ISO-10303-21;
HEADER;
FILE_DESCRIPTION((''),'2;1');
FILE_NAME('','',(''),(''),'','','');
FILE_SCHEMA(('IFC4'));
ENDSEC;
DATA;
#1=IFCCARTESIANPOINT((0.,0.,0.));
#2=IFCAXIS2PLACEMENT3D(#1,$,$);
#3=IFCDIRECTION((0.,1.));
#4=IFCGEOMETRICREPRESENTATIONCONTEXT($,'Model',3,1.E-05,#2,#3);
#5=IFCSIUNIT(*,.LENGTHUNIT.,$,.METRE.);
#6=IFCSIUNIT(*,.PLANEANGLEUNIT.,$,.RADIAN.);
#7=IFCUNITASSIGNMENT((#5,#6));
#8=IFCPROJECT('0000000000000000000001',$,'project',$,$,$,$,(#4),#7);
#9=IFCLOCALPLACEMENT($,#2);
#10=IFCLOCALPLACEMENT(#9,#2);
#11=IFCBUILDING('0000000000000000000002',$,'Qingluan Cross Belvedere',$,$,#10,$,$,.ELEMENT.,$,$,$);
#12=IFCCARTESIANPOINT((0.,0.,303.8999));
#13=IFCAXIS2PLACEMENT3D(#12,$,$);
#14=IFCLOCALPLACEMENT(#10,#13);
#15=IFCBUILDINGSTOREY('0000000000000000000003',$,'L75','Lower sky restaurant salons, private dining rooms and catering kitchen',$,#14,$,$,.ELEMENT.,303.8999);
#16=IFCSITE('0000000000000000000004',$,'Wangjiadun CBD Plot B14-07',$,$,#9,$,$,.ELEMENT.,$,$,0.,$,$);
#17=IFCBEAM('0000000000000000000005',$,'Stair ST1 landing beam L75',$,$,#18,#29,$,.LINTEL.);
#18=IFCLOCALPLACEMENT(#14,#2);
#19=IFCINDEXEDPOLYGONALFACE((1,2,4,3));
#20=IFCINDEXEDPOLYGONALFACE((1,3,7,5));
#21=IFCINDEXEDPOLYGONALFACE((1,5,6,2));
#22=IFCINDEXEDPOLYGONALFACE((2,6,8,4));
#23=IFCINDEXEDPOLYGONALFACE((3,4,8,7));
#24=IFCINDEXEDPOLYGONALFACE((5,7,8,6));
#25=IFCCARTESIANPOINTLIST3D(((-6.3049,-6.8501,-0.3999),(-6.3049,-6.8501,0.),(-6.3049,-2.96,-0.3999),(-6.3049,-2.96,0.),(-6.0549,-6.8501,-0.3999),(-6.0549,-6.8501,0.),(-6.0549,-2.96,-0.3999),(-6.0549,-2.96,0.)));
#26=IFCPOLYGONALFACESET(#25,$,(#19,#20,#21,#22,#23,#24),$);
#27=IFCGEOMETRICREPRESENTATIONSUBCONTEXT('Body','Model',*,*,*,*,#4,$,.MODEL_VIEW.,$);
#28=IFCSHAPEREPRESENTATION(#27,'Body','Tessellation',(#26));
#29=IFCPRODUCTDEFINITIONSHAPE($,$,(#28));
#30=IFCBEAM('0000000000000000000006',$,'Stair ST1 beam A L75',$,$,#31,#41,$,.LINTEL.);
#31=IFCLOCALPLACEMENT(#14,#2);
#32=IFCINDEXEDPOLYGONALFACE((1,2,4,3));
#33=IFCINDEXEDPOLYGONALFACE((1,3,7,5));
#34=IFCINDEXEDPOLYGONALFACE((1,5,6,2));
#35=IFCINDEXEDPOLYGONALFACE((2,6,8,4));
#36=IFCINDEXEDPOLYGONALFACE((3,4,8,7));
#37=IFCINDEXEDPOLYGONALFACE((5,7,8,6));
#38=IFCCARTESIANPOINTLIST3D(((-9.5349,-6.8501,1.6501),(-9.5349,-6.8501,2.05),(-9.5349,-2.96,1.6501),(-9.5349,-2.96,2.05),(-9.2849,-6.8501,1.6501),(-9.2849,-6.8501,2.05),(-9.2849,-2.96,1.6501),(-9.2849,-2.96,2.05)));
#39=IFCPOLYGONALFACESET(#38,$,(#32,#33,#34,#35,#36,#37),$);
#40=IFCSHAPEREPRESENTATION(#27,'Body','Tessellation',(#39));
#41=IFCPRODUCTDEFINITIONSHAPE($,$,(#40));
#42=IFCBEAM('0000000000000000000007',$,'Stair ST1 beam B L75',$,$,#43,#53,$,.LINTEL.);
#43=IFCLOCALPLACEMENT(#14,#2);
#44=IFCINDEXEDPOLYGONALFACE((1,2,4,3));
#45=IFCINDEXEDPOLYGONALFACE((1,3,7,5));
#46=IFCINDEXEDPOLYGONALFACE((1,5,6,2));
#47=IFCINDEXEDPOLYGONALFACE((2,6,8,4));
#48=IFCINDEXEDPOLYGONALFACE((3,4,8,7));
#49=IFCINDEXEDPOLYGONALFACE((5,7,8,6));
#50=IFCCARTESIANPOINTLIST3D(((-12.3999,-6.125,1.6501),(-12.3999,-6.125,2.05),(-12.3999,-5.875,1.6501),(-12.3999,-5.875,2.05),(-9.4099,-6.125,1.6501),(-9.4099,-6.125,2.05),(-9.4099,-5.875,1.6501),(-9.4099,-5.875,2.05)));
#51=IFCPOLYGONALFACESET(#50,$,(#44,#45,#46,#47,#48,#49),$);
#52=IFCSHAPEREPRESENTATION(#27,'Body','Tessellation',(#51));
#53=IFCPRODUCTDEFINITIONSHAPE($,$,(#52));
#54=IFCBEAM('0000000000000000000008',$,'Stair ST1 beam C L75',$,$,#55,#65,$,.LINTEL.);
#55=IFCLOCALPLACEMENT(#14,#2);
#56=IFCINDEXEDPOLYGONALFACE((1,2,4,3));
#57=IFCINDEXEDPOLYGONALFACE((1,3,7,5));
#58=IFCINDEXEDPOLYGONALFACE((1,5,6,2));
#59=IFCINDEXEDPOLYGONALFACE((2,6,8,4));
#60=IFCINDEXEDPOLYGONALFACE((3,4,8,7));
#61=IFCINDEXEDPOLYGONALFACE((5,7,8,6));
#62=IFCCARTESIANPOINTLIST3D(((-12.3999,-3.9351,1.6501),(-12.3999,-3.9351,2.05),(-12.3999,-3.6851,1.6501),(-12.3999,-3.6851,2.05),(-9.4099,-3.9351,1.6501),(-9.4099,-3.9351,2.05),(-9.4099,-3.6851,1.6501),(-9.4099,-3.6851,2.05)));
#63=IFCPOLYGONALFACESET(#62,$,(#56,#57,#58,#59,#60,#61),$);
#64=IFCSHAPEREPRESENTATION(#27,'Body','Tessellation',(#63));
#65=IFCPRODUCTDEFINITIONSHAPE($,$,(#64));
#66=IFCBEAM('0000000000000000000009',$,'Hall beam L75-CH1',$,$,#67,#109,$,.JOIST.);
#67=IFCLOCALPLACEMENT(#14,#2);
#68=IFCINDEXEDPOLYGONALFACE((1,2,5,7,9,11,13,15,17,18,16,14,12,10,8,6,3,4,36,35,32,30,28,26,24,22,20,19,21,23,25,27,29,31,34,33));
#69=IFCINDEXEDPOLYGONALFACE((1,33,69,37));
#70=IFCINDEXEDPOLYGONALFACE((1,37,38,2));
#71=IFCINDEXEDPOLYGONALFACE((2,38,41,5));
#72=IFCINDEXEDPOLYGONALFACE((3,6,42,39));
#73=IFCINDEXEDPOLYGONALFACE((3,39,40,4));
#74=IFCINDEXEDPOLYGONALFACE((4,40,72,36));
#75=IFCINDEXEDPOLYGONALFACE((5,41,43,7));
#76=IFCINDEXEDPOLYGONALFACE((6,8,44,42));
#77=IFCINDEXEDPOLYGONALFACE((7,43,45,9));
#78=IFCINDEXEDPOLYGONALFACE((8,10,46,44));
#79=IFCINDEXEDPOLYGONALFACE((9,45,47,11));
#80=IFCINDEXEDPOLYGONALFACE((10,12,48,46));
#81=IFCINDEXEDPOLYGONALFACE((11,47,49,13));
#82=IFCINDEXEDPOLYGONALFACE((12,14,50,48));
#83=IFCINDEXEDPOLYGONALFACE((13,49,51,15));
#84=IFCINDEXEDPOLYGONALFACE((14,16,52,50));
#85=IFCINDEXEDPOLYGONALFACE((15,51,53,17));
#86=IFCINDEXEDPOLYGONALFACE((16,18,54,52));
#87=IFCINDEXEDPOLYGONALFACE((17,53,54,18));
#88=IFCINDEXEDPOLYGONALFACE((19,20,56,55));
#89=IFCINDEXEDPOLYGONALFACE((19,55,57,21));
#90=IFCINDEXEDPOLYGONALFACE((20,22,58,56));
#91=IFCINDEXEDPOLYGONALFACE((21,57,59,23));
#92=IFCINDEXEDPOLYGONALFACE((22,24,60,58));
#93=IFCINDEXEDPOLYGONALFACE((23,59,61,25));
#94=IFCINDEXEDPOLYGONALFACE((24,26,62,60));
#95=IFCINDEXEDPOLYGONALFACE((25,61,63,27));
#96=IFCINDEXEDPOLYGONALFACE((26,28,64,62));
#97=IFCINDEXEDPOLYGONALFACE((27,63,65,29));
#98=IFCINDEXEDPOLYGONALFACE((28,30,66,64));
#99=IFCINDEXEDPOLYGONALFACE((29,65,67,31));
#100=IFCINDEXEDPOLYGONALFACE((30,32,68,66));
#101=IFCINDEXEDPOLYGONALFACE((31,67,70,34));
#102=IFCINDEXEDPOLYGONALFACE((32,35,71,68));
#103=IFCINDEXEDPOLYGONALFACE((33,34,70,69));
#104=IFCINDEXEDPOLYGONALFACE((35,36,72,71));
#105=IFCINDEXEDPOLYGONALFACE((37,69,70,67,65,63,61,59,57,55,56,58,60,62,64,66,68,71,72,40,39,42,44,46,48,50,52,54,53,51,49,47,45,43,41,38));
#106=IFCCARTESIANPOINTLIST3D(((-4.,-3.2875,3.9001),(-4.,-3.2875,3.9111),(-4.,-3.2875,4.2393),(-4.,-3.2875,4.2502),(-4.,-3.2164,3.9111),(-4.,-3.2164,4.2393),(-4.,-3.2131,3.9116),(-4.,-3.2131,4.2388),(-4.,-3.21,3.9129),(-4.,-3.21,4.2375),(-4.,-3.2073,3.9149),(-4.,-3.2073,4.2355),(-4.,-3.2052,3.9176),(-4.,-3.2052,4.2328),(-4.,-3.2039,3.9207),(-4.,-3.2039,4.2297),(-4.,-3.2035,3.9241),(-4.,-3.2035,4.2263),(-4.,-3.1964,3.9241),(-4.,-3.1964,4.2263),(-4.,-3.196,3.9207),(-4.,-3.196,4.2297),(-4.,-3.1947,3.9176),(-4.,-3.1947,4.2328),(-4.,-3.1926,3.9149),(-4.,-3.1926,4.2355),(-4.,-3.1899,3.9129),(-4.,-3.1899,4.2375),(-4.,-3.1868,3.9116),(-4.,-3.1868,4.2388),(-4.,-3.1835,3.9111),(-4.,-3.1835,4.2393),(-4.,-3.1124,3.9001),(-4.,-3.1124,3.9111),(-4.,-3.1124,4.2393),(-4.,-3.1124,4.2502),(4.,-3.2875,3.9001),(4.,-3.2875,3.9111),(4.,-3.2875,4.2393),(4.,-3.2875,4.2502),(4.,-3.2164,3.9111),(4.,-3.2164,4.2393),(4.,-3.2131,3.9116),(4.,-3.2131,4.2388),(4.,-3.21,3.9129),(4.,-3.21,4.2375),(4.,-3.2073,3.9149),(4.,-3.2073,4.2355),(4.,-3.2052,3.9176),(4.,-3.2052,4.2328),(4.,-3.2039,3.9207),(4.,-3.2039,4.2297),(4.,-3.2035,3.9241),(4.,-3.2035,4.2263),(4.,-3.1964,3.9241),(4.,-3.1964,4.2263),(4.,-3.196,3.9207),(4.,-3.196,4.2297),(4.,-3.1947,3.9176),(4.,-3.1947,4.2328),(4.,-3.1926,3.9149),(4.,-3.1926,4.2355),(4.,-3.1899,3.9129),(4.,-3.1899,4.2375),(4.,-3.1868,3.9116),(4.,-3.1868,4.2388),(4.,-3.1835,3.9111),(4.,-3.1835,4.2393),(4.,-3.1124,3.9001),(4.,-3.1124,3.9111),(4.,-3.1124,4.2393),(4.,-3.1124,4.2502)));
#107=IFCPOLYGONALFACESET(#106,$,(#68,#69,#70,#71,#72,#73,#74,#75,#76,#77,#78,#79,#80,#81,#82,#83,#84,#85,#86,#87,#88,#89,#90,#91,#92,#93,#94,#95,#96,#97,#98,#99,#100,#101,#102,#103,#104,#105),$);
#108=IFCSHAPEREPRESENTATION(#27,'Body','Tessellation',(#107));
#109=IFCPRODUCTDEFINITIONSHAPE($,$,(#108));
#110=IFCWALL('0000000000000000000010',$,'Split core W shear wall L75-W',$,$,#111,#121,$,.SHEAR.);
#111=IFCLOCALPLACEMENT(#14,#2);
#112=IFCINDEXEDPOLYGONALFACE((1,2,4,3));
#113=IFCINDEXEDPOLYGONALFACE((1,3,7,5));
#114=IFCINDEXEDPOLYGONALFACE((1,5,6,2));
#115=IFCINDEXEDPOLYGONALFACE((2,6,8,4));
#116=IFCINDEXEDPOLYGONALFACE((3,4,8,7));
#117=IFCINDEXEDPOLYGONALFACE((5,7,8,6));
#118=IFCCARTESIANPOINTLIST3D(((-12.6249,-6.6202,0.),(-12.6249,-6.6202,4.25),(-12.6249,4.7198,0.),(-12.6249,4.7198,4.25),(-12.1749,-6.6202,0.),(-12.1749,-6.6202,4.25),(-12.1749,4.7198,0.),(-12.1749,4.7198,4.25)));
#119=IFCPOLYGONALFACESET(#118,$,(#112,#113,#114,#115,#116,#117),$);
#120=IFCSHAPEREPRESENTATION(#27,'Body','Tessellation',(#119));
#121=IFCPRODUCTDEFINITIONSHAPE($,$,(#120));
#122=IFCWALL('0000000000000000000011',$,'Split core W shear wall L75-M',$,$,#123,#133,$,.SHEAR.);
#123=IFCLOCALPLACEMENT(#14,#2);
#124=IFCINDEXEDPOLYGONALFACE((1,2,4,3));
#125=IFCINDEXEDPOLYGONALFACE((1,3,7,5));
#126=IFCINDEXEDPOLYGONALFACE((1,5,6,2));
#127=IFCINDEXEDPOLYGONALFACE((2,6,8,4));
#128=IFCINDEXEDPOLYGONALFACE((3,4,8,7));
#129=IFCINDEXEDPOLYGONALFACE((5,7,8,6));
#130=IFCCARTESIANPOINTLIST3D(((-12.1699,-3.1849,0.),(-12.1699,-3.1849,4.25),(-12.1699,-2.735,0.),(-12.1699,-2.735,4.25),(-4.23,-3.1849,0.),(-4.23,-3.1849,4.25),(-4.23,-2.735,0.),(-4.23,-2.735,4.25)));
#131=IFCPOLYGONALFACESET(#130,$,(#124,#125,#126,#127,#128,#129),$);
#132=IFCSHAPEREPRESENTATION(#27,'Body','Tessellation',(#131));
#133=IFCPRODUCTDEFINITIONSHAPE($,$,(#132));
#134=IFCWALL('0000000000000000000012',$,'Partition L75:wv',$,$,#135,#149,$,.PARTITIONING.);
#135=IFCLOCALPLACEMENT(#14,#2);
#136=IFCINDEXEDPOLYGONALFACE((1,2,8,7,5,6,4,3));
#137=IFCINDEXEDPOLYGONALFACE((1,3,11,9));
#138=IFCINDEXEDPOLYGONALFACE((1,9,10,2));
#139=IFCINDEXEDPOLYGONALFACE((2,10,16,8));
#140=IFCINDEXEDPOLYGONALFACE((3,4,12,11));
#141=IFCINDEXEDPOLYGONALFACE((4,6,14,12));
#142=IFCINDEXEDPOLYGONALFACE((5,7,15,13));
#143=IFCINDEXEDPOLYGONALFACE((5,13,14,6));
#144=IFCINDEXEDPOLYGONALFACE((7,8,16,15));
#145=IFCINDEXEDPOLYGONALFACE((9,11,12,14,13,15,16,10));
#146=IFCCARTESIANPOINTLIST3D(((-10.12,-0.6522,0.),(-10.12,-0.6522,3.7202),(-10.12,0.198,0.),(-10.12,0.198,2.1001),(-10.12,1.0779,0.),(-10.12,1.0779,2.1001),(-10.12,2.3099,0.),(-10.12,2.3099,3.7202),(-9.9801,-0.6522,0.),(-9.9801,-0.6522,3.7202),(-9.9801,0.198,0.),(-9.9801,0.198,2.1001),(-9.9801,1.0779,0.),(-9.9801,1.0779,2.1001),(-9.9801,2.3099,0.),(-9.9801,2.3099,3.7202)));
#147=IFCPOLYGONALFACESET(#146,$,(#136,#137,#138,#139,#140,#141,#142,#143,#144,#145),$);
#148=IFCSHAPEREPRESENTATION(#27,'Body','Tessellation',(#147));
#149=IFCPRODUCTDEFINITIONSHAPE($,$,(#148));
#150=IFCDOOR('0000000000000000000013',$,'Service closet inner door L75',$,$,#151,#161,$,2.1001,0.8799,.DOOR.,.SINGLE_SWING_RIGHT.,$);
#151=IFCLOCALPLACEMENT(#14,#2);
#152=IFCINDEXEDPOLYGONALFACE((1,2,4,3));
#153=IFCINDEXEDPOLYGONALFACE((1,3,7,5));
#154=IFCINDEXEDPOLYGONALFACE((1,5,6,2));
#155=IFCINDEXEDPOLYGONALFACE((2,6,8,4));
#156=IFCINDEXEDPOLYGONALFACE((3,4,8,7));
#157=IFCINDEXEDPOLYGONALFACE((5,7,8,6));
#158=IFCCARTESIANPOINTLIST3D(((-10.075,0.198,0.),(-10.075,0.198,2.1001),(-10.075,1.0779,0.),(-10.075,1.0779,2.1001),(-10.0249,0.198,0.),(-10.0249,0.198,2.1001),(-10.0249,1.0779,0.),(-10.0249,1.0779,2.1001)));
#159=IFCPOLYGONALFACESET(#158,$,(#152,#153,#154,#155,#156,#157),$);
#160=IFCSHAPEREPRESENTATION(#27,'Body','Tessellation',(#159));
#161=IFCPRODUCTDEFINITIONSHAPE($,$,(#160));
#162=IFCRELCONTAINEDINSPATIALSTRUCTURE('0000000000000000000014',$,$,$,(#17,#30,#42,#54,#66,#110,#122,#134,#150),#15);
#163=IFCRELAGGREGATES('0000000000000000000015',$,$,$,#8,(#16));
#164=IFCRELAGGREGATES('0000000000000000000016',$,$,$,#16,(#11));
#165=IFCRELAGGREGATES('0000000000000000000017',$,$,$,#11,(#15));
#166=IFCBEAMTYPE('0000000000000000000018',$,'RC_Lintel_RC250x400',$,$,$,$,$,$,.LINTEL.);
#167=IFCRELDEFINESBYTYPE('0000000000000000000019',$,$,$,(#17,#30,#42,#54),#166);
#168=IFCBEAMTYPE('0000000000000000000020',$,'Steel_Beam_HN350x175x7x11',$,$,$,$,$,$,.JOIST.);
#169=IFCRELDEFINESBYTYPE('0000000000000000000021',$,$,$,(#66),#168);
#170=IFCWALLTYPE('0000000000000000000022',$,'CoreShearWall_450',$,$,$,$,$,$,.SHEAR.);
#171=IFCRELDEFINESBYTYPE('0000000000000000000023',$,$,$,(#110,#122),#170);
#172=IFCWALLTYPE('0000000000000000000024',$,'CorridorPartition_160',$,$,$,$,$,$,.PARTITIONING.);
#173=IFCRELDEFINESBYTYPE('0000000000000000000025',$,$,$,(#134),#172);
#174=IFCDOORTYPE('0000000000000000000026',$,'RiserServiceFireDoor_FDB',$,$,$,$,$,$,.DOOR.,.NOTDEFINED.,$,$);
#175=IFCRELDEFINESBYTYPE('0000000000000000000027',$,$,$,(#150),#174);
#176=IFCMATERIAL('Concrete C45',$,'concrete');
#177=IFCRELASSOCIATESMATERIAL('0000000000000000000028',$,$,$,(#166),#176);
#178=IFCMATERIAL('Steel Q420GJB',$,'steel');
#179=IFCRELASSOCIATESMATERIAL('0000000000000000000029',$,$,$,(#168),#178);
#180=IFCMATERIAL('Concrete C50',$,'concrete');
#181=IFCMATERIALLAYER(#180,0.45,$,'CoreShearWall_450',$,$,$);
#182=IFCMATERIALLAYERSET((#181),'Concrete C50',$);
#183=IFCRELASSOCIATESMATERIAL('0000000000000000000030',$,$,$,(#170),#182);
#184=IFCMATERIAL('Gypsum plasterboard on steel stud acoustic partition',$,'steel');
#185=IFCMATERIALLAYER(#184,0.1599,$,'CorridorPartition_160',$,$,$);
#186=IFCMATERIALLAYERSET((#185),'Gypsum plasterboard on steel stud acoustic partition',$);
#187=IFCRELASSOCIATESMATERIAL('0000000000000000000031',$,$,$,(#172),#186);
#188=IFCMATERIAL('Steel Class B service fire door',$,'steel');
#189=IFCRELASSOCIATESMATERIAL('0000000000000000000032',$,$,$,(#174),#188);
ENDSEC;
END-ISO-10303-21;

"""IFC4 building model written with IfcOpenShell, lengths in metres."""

from ifc_helpers import new_model, si_unit, direction, frame, frame_2d, origin, origin_2d, place, context, subcontext, project, spatial, rectangle, i_section, extrude, material, layer, layer_set, material_profile, profile_set, type_object, element, fill, save


model = new_model("IFC4")

# Units and contexts
model_context = context("Model", 3, precision=1e-05, world=origin(), true_north=direction((0.0, 1.0)))
body_context = subcontext(model_context, "Body", "Model", "MODEL_VIEW")
ifc_project = project(units=[si_unit("LENGTHUNIT", "METRE"), si_unit("PLANEANGLEUNIT", "RADIAN")], contexts=[model_context])

# Site, building, storey
site_placement = place(None, origin())
site = spatial("IfcSite", under=ifc_project, at=site_placement, Name="Wangjiadun CBD Plot B14-07", CompositionType="ELEMENT", RefElevation=0.0)
building_placement = place(site_placement, origin())
building = spatial("IfcBuilding", under=site, at=building_placement, Name="Qingluan Cross Belvedere", CompositionType="ELEMENT")
storey_placement = place(building_placement, frame((0.0, 0.0, 303.8999)))
storey = spatial("IfcBuildingStorey", under=building, at=storey_placement, Name="L75", Description="Lower sky restaurant salons, private dining rooms and catering kitchen", CompositionType="ELEMENT", Elevation=303.8999)

# Beams
ifc_material_1 = material(Name="Concrete C45", Category="concrete")
ifc_material_profile_1 = material_profile(ifc_material_1, rectangle(XDim=0.25, YDim=0.3999, at=origin_2d()), Name="RC250x400")
ifc_profile_set_1 = profile_set([ifc_material_profile_1], Name="Concrete C45")
beam_type_1 = type_object("IfcBeamType", Name="RC_Lintel_RC250x400", PredefinedType="LINTEL", material=ifc_profile_set_1)
for number, where, z_axis, x_axis, name in (
    (1, (-6.1799, -6.8501, -0.2), (0.0, 1.0, 0.0), (-1.0, 0.0, 0.0), "Stair ST1 landing beam L75"),
    (2, (-9.4099, -6.8501, 1.8501), (0.0, 1.0, 0.0), (-1.0, 0.0, 0.0), "Stair ST1 beam A L75"),
):
    element("IfcBeam", number, at=place(storey_placement, frame(where, z_axis=z_axis, x_axis=x_axis)), inside=storey, type_object=beam_type_1, Name=name, PredefinedType="LINTEL", context=body_context, shape_type="SweptSolid", body=[
        extrude(rectangle(XDim=0.25, YDim=0.3999, at=origin_2d()), origin(), (0.0, 0.0, 1.0), 3.8901),
    ])
for number, where, z_axis, x_axis, name in (
    (3, (-12.3999, -6.0, 1.8501), (1.0, 0.0, 0.0), (0.0, 1.0, 0.0), "Stair ST1 beam B L75"),
    (4, (-12.3999, -3.8101, 1.8501), (1.0, 0.0, 0.0), (0.0, 1.0, 0.0), "Stair ST1 beam C L75"),
):
    element("IfcBeam", number, at=place(storey_placement, frame(where, z_axis=z_axis, x_axis=x_axis)), inside=storey, type_object=beam_type_1, Name=name, PredefinedType="LINTEL", context=body_context, shape_type="SweptSolid", body=[
        extrude(rectangle(XDim=0.25, YDim=0.3999, at=origin_2d()), origin(), (0.0, 0.0, 1.0), 2.99),
    ])
ifc_material_2 = material(Name="Steel Q420GJB", Category="steel")
ifc_material_profile_2 = material_profile(ifc_material_2, i_section(OverallWidth=0.175, OverallDepth=0.3501, WebThickness=0.0071, FlangeThickness=0.011, FilletRadius=0.0129, at=origin_2d()), Name="HN350x175x7x11")
ifc_profile_set_2 = profile_set([ifc_material_profile_2], Name="Steel Q420GJB")
beam_type_2 = type_object("IfcBeamType", Name="Steel_Beam_HN350x175x7x11", PredefinedType="JOIST", material=ifc_profile_set_2)
beam_placement = place(storey_placement, frame((-4.0, -3.2, 4.0752), z_axis=(1.0, 0.0, 0.0), x_axis=(0.0, 1.0, 0.0)))
element("IfcBeam", 5, at=beam_placement, inside=storey, type_object=beam_type_2, Name="Hall beam L75-CH1", PredefinedType="JOIST", context=body_context, shape_type="SweptSolid", body=[
    extrude(i_section(OverallWidth=0.175, OverallDepth=0.3501, WebThickness=0.0071, FlangeThickness=0.011, FilletRadius=0.0129, at=origin_2d()), origin(), (0.0, 0.0, 1.0), 8.0),
])

# Wall
ifc_material_3 = material(Name="Concrete C50", Category="concrete")
ifc_layer_1 = layer(ifc_material_3, 0.45, Name="CoreShearWall_450")
ifc_layer_set_1 = layer_set([ifc_layer_1], Name="Concrete C50")
wall_type_1 = type_object("IfcWallType", Name="CoreShearWall_450", PredefinedType="SHEAR", material=ifc_layer_set_1)
wall_1_placement = place(storey_placement, frame((-12.3999, -6.6201, 0.0), z_axis=(0.0, 0.0, 1.0), x_axis=(0.0, 1.0, 0.0)))
element("IfcWall", 6, at=wall_1_placement, inside=storey, type_object=wall_type_1, Name="Split core W shear wall L75-W", PredefinedType="SHEAR", context=body_context, shape_type="SweptSolid", body=[
    extrude(rectangle(XDim=11.3401, YDim=0.45, at=frame_2d((5.6699, 0.0))), origin(), (0.0, 0.0, 1.0), 4.25),
])

# Wall
wall_2_placement = place(storey_placement, frame((-12.1699, -2.96, 0.0), z_axis=(0.0, 0.0, 1.0), x_axis=(1.0, 0.0, 0.0)))
element("IfcWall", 7, at=wall_2_placement, inside=storey, type_object=wall_type_1, Name="Split core W shear wall L75-M", PredefinedType="SHEAR", context=body_context, shape_type="SweptSolid", body=[
    extrude(rectangle(XDim=7.9399, YDim=0.45, at=frame_2d((3.97, 0.0))), origin(), (0.0, 0.0, 1.0), 4.25),
])

# Wall, opening, door
ifc_material_4 = material(Name="Gypsum plasterboard on steel stud acoustic partition", Category="steel")
ifc_layer_2 = layer(ifc_material_4, 0.1599, Name="CorridorPartition_160")
ifc_layer_set_2 = layer_set([ifc_layer_2], Name="Gypsum plasterboard on steel stud acoustic partition")
wall_type_2 = type_object("IfcWallType", Name="CorridorPartition_160", PredefinedType="PARTITIONING", material=ifc_layer_set_2)
wall_3_placement = place(storey_placement, frame((-10.05, -0.6521, 0.0), z_axis=(0.0, 0.0, 1.0), x_axis=(0.0, 1.0, 0.0)))
wall_3 = element("IfcWall", 8, at=wall_3_placement, inside=storey, type_object=wall_type_2, Name="Partition L75:wv", PredefinedType="PARTITIONING", context=body_context, shape_type="SweptSolid", body=[
    extrude(rectangle(XDim=2.9622, YDim=0.1399, at=frame_2d((1.481, 0.0))), origin(), (0.0, 0.0, 1.0), 3.7202),
])
opening_1_placement = place(wall_3_placement, frame((0.8501, 0.0, 0.0)))
opening_1 = element("IfcOpeningElement", 9, at=opening_1_placement, cuts=wall_3, PredefinedType="OPENING", context=body_context, shape_type="SweptSolid", body=[
    extrude(rectangle(XDim=0.8799, YDim=2.1001, at=frame_2d((0.4399, 1.05))), frame((0.0, 0.0798, 0.0), z_axis=(0.0, -1.0, 0.0), x_axis=(1.0, 0.0, 0.0)), (0.0, 0.0, 1.0), 0.1599),
])
ifc_material_5 = material(Name="Steel Class B service fire door", Category="steel")
door_type_1 = type_object("IfcDoorType", Name="RiserServiceFireDoor_FDB", OperationType="NOTDEFINED", PredefinedType="DOOR", material=ifc_material_5)
door_1_placement = place(opening_1_placement, origin())
door_1 = element("IfcDoor", 10, at=door_1_placement, inside=storey, type_object=door_type_1, Name="Service closet inner door L75", OperationType="SINGLE_SWING_RIGHT", OverallHeight=2.1001, OverallWidth=0.8799, PredefinedType="DOOR", context=body_context, shape_type="SweptSolid", body=[
    extrude(rectangle(XDim=0.8799, YDim=2.1001, at=frame_2d((0.4399, 1.05))), frame((0.0, 0.0249, 0.0), z_axis=(0.0, -1.0, 0.0), x_axis=(1.0, 0.0, 0.0)), (0.0, 0.0, 1.0), 0.05),
])
fill(opening_1, door_1)

save(model, "model.ifc")
